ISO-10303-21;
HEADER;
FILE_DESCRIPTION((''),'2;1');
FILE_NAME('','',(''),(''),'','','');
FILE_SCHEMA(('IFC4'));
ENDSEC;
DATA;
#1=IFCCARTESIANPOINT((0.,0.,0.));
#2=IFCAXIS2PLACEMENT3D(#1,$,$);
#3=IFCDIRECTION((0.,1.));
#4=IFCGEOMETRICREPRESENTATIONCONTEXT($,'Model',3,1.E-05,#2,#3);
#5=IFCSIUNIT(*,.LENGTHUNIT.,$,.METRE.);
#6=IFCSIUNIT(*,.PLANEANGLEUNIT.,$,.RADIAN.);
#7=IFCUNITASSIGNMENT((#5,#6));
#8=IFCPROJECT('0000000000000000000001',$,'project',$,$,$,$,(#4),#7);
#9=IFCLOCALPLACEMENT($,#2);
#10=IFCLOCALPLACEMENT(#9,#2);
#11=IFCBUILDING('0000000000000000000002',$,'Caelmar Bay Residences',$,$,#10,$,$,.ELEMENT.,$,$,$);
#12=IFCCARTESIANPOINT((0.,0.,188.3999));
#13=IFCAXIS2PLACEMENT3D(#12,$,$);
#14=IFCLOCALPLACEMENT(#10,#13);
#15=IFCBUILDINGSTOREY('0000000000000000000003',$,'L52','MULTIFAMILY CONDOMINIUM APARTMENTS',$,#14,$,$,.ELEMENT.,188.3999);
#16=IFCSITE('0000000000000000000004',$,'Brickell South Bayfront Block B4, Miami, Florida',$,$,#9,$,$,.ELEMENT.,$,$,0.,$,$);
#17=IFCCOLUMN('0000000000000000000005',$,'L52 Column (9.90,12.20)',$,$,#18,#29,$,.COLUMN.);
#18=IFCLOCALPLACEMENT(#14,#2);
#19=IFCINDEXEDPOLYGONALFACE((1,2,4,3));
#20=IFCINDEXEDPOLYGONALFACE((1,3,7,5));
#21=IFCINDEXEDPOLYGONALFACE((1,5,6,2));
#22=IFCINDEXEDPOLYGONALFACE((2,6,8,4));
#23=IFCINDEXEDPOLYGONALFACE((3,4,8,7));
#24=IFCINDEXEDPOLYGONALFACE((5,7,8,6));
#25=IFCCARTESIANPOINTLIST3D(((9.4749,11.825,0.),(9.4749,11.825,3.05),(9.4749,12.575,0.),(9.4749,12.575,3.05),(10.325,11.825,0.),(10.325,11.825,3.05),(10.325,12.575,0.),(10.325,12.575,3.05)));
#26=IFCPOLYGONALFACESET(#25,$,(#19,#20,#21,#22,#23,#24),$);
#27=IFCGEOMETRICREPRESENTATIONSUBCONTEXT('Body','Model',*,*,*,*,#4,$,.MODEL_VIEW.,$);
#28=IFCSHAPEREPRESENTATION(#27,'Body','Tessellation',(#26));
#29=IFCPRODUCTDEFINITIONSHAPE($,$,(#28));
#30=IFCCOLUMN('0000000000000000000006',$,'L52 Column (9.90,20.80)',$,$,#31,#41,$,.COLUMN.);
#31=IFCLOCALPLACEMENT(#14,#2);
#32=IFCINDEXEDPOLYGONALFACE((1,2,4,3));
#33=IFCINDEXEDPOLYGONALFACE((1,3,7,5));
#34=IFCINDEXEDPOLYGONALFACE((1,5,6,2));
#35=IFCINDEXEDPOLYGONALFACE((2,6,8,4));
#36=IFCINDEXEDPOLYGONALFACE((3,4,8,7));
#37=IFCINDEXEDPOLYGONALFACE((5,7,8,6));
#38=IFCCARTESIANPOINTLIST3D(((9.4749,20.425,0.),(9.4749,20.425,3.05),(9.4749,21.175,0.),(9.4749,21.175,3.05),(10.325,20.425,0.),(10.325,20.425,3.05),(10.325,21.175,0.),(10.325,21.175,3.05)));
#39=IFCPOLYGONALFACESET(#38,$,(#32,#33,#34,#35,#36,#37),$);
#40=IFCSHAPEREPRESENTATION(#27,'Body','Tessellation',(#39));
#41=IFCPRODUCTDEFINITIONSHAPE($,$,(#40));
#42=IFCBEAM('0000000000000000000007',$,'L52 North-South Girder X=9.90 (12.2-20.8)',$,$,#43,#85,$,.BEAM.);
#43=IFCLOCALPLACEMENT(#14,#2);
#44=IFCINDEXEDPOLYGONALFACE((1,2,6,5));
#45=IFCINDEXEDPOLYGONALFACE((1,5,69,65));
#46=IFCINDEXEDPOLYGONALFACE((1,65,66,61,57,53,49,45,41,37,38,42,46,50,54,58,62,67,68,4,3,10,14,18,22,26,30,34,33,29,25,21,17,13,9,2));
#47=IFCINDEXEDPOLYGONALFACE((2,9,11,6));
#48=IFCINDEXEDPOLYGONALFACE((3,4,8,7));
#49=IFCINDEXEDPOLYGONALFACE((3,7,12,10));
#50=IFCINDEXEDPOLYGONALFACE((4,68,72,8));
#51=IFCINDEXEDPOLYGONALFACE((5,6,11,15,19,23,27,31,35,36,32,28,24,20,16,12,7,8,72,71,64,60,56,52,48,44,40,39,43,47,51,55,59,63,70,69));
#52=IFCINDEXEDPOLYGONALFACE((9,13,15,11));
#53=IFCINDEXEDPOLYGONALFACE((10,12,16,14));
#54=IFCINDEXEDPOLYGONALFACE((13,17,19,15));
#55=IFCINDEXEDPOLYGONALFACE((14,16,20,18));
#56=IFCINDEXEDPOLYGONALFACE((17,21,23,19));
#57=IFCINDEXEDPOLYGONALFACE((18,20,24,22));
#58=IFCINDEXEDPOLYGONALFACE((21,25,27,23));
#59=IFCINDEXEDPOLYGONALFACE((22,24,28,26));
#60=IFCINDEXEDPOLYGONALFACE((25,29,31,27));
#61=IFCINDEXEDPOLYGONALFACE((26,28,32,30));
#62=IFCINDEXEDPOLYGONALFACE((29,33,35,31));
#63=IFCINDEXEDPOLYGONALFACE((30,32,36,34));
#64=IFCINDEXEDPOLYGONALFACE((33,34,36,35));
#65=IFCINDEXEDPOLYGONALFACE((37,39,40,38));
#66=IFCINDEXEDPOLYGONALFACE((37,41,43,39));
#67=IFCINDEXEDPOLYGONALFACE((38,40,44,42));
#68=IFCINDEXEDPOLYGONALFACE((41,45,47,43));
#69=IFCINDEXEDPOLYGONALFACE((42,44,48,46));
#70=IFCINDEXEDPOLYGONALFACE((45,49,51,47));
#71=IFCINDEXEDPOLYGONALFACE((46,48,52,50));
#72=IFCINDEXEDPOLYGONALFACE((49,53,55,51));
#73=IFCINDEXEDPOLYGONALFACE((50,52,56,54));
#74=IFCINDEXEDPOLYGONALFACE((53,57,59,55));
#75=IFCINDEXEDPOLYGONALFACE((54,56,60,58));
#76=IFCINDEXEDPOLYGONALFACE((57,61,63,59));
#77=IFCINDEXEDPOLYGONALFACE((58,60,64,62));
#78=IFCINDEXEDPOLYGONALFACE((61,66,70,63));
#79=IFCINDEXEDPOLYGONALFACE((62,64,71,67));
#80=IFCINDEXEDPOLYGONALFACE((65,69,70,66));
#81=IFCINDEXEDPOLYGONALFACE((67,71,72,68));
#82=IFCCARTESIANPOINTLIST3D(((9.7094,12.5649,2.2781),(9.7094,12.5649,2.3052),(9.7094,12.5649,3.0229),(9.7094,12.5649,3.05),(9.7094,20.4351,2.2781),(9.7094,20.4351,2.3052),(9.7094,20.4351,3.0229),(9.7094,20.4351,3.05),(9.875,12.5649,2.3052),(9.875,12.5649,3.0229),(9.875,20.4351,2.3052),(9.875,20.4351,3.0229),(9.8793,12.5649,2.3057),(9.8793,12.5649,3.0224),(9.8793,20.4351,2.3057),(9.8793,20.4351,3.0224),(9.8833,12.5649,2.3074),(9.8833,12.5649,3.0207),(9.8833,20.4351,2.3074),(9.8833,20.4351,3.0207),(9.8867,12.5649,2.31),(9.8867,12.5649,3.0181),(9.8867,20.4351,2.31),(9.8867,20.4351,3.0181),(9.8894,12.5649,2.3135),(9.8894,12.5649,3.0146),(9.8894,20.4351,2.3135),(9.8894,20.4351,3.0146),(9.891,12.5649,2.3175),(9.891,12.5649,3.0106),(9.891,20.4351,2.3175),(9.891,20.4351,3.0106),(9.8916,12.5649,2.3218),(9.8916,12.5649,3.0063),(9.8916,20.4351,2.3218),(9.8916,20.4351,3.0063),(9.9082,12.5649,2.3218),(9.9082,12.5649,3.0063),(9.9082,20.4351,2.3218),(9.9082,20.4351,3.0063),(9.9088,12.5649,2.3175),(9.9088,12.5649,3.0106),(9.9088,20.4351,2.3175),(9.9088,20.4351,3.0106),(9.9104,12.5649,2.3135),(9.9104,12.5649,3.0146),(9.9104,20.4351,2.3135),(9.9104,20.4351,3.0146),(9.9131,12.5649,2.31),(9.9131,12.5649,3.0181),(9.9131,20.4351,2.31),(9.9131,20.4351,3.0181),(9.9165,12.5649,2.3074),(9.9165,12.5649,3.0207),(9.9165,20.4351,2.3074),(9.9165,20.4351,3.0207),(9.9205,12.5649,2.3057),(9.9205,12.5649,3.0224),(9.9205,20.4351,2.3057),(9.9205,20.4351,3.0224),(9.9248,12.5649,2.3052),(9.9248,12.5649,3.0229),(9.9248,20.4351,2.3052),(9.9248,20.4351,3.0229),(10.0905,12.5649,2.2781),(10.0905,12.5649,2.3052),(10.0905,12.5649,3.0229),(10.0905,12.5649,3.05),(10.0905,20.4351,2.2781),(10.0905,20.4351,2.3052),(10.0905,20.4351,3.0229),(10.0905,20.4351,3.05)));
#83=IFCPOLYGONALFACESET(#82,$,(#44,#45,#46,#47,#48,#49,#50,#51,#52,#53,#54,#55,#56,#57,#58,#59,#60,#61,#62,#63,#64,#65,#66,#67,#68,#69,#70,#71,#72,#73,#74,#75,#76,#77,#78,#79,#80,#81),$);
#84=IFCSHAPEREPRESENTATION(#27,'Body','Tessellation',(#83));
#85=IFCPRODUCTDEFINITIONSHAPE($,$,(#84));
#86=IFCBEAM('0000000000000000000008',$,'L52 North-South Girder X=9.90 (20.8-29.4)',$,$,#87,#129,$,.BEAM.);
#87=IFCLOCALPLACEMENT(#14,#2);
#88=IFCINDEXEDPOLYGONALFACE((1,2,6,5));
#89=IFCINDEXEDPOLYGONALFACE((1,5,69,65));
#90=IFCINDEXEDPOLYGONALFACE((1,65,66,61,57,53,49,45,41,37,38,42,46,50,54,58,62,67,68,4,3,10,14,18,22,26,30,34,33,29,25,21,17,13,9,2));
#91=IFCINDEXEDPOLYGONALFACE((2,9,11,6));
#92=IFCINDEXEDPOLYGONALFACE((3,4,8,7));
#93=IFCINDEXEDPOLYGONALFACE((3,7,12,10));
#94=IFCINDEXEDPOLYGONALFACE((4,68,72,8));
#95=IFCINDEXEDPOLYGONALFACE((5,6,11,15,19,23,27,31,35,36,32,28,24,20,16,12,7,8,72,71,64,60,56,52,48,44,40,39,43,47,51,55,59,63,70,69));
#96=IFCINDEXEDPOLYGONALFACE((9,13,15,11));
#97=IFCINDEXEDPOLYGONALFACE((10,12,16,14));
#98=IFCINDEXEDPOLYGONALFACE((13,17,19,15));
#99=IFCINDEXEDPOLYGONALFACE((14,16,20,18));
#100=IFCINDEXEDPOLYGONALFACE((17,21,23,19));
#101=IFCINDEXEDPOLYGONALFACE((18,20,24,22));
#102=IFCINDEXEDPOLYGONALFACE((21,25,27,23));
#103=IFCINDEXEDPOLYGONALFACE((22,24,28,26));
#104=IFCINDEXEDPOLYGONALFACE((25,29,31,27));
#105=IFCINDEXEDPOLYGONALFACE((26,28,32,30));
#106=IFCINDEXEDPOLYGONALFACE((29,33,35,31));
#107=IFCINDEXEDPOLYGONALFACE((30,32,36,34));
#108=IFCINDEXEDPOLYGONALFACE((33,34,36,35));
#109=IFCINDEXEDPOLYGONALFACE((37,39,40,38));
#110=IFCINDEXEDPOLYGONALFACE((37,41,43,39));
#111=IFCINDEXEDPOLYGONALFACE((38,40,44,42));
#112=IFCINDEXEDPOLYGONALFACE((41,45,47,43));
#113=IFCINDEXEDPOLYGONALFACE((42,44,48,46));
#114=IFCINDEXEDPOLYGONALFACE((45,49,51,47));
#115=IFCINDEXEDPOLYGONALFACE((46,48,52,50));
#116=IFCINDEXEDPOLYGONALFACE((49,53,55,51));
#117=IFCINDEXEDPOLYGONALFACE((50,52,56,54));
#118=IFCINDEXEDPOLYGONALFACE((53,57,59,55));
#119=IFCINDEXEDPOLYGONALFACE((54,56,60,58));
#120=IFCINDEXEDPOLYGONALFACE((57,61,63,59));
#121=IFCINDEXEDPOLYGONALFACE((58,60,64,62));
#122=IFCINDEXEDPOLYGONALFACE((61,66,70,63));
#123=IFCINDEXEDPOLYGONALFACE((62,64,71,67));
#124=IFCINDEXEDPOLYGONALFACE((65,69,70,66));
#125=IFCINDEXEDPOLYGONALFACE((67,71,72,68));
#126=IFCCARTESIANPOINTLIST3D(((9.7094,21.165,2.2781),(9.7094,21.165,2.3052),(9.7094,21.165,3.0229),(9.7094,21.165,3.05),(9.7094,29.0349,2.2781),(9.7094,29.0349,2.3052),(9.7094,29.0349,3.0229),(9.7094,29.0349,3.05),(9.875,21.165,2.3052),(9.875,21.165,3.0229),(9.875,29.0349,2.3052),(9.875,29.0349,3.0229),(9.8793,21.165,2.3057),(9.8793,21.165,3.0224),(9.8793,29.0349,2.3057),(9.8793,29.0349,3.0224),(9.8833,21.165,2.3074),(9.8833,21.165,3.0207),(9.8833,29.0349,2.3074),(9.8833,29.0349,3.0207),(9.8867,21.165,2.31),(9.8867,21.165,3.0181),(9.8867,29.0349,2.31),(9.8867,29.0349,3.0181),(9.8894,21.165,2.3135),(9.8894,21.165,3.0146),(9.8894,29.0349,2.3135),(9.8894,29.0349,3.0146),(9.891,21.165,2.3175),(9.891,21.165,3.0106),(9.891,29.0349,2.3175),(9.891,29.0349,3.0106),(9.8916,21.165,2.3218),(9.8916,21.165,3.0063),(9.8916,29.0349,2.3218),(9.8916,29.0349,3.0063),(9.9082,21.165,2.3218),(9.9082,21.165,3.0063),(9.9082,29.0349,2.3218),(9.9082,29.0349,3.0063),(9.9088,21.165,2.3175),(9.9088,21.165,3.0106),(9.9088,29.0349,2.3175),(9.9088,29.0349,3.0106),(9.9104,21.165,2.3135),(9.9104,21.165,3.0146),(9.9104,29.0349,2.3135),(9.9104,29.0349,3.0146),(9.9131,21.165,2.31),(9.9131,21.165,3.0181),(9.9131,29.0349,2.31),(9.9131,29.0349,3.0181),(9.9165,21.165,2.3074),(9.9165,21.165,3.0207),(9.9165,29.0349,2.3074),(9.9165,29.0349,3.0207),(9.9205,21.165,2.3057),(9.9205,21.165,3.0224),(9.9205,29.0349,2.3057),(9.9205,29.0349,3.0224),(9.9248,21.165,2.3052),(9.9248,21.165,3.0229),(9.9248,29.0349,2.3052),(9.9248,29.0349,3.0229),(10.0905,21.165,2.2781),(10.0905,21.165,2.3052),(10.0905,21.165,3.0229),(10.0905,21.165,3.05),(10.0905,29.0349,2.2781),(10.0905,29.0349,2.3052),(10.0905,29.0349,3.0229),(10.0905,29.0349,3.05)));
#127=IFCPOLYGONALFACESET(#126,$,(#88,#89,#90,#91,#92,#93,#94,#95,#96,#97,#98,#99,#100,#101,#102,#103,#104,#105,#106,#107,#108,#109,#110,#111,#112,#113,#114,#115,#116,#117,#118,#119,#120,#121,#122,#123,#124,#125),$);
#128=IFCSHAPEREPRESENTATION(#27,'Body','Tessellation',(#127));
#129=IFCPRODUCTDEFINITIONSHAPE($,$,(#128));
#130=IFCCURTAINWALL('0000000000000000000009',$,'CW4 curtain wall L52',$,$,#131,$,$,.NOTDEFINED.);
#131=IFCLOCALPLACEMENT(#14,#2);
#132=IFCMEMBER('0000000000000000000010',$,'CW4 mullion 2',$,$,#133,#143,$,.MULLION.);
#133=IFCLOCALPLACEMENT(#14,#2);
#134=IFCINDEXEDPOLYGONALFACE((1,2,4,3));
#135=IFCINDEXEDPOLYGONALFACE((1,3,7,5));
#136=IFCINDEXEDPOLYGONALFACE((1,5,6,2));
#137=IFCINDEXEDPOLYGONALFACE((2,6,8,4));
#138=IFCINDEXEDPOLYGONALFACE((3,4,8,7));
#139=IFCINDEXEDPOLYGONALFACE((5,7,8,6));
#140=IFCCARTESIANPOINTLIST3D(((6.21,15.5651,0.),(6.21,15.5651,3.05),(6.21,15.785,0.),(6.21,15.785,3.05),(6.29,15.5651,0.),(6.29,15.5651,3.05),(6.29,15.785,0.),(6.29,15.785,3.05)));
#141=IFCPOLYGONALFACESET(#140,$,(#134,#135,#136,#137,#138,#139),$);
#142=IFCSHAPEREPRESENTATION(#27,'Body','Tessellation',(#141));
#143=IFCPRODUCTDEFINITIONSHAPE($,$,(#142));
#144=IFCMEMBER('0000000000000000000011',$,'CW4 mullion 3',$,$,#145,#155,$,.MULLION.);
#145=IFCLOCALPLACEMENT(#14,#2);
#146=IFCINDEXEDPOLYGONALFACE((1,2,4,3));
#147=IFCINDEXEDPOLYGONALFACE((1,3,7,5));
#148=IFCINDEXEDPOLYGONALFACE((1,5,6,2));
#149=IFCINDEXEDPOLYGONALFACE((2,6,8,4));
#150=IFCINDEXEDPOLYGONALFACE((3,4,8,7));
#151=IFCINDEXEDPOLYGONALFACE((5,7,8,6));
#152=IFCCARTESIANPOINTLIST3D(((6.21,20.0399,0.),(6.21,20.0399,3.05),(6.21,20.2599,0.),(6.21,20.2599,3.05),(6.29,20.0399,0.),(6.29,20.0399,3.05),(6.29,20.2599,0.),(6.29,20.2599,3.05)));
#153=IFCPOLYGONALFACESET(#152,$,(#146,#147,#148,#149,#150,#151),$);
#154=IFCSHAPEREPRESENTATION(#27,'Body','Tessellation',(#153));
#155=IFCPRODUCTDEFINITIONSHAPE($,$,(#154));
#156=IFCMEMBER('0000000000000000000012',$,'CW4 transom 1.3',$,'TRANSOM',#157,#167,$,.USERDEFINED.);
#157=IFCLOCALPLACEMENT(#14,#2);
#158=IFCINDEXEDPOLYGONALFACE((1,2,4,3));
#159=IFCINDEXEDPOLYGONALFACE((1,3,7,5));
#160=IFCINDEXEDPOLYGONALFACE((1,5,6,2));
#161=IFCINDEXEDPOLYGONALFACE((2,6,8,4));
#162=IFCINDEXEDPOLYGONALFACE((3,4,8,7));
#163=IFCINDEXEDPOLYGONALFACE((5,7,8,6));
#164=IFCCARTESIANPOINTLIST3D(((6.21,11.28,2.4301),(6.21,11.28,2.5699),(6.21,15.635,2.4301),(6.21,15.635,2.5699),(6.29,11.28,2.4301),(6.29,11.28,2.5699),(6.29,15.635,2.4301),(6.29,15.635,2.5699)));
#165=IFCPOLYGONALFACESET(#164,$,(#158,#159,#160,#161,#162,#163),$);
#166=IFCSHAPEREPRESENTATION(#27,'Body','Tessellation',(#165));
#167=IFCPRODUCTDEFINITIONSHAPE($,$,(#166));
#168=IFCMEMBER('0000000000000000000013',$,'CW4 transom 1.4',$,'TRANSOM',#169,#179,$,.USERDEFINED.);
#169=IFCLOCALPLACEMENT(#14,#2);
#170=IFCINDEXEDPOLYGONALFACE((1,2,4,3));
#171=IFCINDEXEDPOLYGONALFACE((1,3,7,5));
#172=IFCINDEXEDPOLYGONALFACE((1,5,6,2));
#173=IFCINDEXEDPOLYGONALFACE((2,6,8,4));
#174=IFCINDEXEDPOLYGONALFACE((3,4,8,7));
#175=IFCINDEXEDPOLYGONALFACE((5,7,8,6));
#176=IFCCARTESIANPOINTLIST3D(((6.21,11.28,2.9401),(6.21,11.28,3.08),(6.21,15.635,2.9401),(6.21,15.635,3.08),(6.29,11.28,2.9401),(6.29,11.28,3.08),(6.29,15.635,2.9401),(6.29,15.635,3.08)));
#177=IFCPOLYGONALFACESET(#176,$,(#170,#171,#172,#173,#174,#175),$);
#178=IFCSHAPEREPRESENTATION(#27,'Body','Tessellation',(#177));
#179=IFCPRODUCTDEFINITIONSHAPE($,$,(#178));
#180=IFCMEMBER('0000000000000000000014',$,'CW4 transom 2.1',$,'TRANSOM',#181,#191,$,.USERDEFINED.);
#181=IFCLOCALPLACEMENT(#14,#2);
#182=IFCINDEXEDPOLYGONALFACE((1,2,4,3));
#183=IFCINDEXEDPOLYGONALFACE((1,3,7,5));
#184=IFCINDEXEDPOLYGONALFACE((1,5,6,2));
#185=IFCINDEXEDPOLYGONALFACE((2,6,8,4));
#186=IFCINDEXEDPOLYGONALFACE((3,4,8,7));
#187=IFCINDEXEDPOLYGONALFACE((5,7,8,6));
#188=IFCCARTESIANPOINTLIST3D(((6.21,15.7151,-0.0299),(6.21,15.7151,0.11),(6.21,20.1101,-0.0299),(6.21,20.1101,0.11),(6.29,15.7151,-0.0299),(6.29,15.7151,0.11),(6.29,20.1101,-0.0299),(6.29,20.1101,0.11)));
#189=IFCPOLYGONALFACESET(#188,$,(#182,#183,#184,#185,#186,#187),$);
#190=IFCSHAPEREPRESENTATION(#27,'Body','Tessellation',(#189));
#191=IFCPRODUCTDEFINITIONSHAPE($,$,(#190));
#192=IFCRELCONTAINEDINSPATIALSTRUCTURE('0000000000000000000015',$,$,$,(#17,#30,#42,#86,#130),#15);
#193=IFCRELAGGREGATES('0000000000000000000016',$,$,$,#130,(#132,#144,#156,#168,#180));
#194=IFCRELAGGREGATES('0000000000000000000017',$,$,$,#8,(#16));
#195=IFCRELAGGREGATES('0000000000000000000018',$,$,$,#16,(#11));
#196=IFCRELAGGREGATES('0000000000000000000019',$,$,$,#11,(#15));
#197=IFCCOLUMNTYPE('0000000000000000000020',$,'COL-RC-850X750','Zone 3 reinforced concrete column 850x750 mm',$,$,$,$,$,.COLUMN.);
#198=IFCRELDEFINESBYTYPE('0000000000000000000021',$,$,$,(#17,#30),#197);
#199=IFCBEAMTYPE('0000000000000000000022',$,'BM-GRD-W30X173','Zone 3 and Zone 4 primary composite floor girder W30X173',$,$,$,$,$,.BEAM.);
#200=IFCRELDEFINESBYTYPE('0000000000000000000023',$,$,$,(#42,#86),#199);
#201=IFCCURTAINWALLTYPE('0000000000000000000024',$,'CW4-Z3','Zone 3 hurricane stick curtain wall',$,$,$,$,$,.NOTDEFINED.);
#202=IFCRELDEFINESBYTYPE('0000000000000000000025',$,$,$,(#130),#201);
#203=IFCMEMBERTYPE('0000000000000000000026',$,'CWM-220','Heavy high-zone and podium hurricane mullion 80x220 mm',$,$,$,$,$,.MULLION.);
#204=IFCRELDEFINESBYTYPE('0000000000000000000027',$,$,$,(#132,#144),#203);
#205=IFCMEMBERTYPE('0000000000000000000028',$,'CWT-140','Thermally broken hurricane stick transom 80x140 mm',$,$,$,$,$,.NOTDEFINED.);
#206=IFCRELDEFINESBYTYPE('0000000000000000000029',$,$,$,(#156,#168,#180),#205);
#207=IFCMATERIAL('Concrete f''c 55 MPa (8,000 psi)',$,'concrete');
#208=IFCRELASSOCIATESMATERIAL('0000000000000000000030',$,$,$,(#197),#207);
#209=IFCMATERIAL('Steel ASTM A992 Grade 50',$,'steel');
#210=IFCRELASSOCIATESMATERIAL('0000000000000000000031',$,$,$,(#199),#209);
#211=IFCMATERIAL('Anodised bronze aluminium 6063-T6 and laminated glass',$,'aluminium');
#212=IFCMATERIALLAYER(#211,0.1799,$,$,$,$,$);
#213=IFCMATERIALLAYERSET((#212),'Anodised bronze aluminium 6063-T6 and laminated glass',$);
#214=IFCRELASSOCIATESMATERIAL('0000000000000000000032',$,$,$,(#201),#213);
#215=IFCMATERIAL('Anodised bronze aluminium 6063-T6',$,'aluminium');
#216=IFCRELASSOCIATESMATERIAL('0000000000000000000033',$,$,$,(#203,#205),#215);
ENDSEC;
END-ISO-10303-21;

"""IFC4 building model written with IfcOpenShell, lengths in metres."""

from ifc_helpers import new_model, si_unit, direction, frame, origin, origin_2d, place, context, subcontext, project, spatial, rectangle, i_section, extrude, material, layer, layer_set, material_profile, profile_set, type_object, element, aggregate, save


model = new_model("IFC4")

# Units and contexts
model_context = context("Model", 3, precision=1e-05, world=origin(), true_north=direction((0.0, 1.0)))
body_context = subcontext(model_context, "Body", "Model", "MODEL_VIEW")
ifc_project = project(units=[si_unit("LENGTHUNIT", "METRE"), si_unit("PLANEANGLEUNIT", "RADIAN")], contexts=[model_context])

# Site, building, storey
site_placement = place(None, origin())
site = spatial("IfcSite", under=ifc_project, at=site_placement, Name="Brickell South Bayfront Block B4, Miami, Florida", CompositionType="ELEMENT", RefElevation=0.0)
building_placement = place(site_placement, origin())
building = spatial("IfcBuilding", under=site, at=building_placement, Name="Caelmar Bay Residences", CompositionType="ELEMENT")
storey_placement = place(building_placement, frame((0.0, 0.0, 188.3999)))
storey = spatial("IfcBuildingStorey", under=building, at=storey_placement, Name="L52", Description="MULTIFAMILY CONDOMINIUM APARTMENTS", CompositionType="ELEMENT", Elevation=188.3999)

# Columns
ifc_material_1 = material(Name="Concrete f'c 55 MPa (8,000 psi)", Category="concrete")
ifc_material_profile_1 = material_profile(ifc_material_1, rectangle(XDim=0.8501, YDim=0.75, at=origin_2d()), Name="RC-COL-850X750")
ifc_profile_set_1 = profile_set([ifc_material_profile_1], Name="Concrete f'c 55 MPa (8,000 psi)")
column_type = type_object("IfcColumnType", Name="COL-RC-850X750", Description="Zone 3 reinforced concrete column 850x750 mm", PredefinedType="COLUMN", material=ifc_profile_set_1)
for number, where, z_axis, x_axis, name in (
    (1, (9.8999, 12.2, 0.0), (0.0, 0.0, 1.0), (1.0, 0.0, 0.0), "L52 Column (9.90,12.20)"),
    (2, (9.8999, 20.8, 0.0), (0.0, 0.0, 1.0), (1.0, 0.0, 0.0), "L52 Column (9.90,20.80)"),
):
    element("IfcColumn", number, at=place(storey_placement, frame(where, z_axis=z_axis, x_axis=x_axis)), inside=storey, type_object=column_type, Name=name, PredefinedType="COLUMN", context=body_context, shape_type="SweptSolid", body=[
        extrude(rectangle(XDim=0.8501, YDim=0.75, at=origin_2d()), origin(), (0.0, 0.0, 1.0), 3.05),
    ])

# Beams
ifc_material_2 = material(Name="Steel ASTM A992 Grade 50", Category="steel")
ifc_material_profile_2 = material_profile(ifc_material_2, i_section(OverallWidth=0.3811, OverallDepth=0.772, WebThickness=0.0166, FlangeThickness=0.0271, FilletRadius=0.0166, at=origin_2d()), Name="W30X173")
ifc_profile_set_2 = profile_set([ifc_material_profile_2], Name="Steel ASTM A992 Grade 50")
beam_type = type_object("IfcBeamType", Name="BM-GRD-W30X173", Description="Zone 3 and Zone 4 primary composite floor girder W30X173", PredefinedType="BEAM", material=ifc_profile_set_2)
beam_1_placement = place(storey_placement, frame((9.8999, 12.5649, 2.6641), z_axis=(0.0, 1.0, 0.0), x_axis=(-1.0, 0.0, 0.0)))
element("IfcBeam", 3, at=beam_1_placement, inside=storey, type_object=beam_type, Name="L52 North-South Girder X=9.90 (12.2-20.8)", PredefinedType="BEAM", context=body_context, shape_type="SweptSolid", body=[
    extrude(i_section(OverallWidth=0.3811, OverallDepth=0.772, WebThickness=0.0166, FlangeThickness=0.0271, FilletRadius=0.0166, at=origin_2d()), origin(), (0.0, 0.0, 1.0), 7.8701),
])
beam_2_placement = place(storey_placement, frame((9.8999, 21.165, 2.6641), z_axis=(0.0, 1.0, 0.0), x_axis=(-1.0, 0.0, 0.0)))
element("IfcBeam", 4, at=beam_2_placement, inside=storey, type_object=beam_type, Name="L52 North-South Girder X=9.90 (20.8-29.4)", PredefinedType="BEAM", context=body_context, shape_type="SweptSolid", body=[
    extrude(i_section(OverallWidth=0.3811, OverallDepth=0.772, WebThickness=0.0166, FlangeThickness=0.0271, FilletRadius=0.0166, at=origin_2d()), origin(), (0.0, 0.0, 1.0), 7.8699),
])

# Curtain wall, members
ifc_material_3 = material(Name="Anodised bronze aluminium 6063-T6 and laminated glass", Category="aluminium")
ifc_layer_1 = layer(ifc_material_3, 0.1799)
ifc_layer_set_1 = layer_set([ifc_layer_1], Name="Anodised bronze aluminium 6063-T6 and laminated glass")
curtain_wall_type = type_object("IfcCurtainWallType", Name="CW4-Z3", Description="Zone 3 hurricane stick curtain wall", PredefinedType="NOTDEFINED", material=ifc_layer_set_1)
curtain_wall_placement = place(storey_placement, origin())
curtain_wall = element("IfcCurtainWall", 5, at=curtain_wall_placement, inside=storey, type_object=curtain_wall_type, Name="CW4 curtain wall L52", PredefinedType="NOTDEFINED")
ifc_material_4 = material(Name="Anodised bronze aluminium 6063-T6", Category="aluminium")
ifc_material_profile_3 = material_profile(ifc_material_4, rectangle(XDim=0.0801, YDim=0.22, at=origin_2d()), Name="CWM-80X220")
ifc_profile_set_3 = profile_set([ifc_material_profile_3], Name="Anodised bronze aluminium 6063-T6")
member_type_1 = type_object("IfcMemberType", Name="CWM-220", Description="Heavy high-zone and podium hurricane mullion 80x220 mm", PredefinedType="MULLION", material=ifc_profile_set_3)
member_1_placement = place(storey_placement, frame((6.25, 15.675, 0.0), z_axis=(0.0, 0.0, 1.0), x_axis=(-1.0, 0.0, 0.0)))
member_1 = element("IfcMember", 6, at=member_1_placement, type_object=member_type_1, Name="CW4 mullion 2", PredefinedType="MULLION", context=body_context, shape_type="SweptSolid", body=[
    extrude(rectangle(XDim=0.0801, YDim=0.22, at=origin_2d()), origin(), (0.0, 0.0, 1.0), 3.05),
])
member_2_placement = place(storey_placement, frame((6.25, 20.1499, 0.0), z_axis=(0.0, 0.0, 1.0), x_axis=(-1.0, 0.0, 0.0)))
member_2 = element("IfcMember", 7, at=member_2_placement, type_object=member_type_1, Name="CW4 mullion 3", PredefinedType="MULLION", context=body_context, shape_type="SweptSolid", body=[
    extrude(rectangle(XDim=0.0801, YDim=0.22, at=origin_2d()), origin(), (0.0, 0.0, 1.0), 3.05),
])
ifc_material_profile_4 = material_profile(ifc_material_4, rectangle(XDim=0.0801, YDim=0.1399, at=origin_2d()), Name="CWT-80X140")
ifc_profile_set_4 = profile_set([ifc_material_profile_4], Name="Anodised bronze aluminium 6063-T6")
member_type_2 = type_object("IfcMemberType", Name="CWT-140", Description="Thermally broken hurricane stick transom 80x140 mm", PredefinedType="NOTDEFINED", material=ifc_profile_set_4)
member_3_placement = place(storey_placement, frame((6.25, 11.28, 2.5), z_axis=(0.0, 1.0, 0.0), x_axis=(-1.0, 0.0, 0.0)))
member_3 = element("IfcMember", 8, at=member_3_placement, type_object=member_type_2, Name="CW4 transom 1.3", ObjectType="TRANSOM", PredefinedType="USERDEFINED", context=body_context, shape_type="SweptSolid", body=[
    extrude(rectangle(XDim=0.0801, YDim=0.1399, at=origin_2d()), origin(), (0.0, 0.0, 1.0), 4.355),
])
member_4_placement = place(storey_placement, frame((6.25, 11.28, 3.01), z_axis=(0.0, 1.0, 0.0), x_axis=(-1.0, 0.0, 0.0)))
member_4 = element("IfcMember", 9, at=member_4_placement, type_object=member_type_2, Name="CW4 transom 1.4", ObjectType="TRANSOM", PredefinedType="USERDEFINED", context=body_context, shape_type="SweptSolid", body=[
    extrude(rectangle(XDim=0.0801, YDim=0.1399, at=origin_2d()), origin(), (0.0, 0.0, 1.0), 4.355),
])
member_5_placement = place(storey_placement, frame((6.25, 15.7151, 0.04), z_axis=(0.0, 1.0, 0.0), x_axis=(-1.0, 0.0, 0.0)))
member_5 = element("IfcMember", 10, at=member_5_placement, type_object=member_type_2, Name="CW4 transom 2.1", ObjectType="TRANSOM", PredefinedType="USERDEFINED", context=body_context, shape_type="SweptSolid", body=[
    extrude(rectangle(XDim=0.0801, YDim=0.1399, at=origin_2d()), origin(), (0.0, 0.0, 1.0), 4.395),
])
aggregate(curtain_wall, [member_1, member_2, member_3, member_4, member_5])

save(model, "model.ifc")
